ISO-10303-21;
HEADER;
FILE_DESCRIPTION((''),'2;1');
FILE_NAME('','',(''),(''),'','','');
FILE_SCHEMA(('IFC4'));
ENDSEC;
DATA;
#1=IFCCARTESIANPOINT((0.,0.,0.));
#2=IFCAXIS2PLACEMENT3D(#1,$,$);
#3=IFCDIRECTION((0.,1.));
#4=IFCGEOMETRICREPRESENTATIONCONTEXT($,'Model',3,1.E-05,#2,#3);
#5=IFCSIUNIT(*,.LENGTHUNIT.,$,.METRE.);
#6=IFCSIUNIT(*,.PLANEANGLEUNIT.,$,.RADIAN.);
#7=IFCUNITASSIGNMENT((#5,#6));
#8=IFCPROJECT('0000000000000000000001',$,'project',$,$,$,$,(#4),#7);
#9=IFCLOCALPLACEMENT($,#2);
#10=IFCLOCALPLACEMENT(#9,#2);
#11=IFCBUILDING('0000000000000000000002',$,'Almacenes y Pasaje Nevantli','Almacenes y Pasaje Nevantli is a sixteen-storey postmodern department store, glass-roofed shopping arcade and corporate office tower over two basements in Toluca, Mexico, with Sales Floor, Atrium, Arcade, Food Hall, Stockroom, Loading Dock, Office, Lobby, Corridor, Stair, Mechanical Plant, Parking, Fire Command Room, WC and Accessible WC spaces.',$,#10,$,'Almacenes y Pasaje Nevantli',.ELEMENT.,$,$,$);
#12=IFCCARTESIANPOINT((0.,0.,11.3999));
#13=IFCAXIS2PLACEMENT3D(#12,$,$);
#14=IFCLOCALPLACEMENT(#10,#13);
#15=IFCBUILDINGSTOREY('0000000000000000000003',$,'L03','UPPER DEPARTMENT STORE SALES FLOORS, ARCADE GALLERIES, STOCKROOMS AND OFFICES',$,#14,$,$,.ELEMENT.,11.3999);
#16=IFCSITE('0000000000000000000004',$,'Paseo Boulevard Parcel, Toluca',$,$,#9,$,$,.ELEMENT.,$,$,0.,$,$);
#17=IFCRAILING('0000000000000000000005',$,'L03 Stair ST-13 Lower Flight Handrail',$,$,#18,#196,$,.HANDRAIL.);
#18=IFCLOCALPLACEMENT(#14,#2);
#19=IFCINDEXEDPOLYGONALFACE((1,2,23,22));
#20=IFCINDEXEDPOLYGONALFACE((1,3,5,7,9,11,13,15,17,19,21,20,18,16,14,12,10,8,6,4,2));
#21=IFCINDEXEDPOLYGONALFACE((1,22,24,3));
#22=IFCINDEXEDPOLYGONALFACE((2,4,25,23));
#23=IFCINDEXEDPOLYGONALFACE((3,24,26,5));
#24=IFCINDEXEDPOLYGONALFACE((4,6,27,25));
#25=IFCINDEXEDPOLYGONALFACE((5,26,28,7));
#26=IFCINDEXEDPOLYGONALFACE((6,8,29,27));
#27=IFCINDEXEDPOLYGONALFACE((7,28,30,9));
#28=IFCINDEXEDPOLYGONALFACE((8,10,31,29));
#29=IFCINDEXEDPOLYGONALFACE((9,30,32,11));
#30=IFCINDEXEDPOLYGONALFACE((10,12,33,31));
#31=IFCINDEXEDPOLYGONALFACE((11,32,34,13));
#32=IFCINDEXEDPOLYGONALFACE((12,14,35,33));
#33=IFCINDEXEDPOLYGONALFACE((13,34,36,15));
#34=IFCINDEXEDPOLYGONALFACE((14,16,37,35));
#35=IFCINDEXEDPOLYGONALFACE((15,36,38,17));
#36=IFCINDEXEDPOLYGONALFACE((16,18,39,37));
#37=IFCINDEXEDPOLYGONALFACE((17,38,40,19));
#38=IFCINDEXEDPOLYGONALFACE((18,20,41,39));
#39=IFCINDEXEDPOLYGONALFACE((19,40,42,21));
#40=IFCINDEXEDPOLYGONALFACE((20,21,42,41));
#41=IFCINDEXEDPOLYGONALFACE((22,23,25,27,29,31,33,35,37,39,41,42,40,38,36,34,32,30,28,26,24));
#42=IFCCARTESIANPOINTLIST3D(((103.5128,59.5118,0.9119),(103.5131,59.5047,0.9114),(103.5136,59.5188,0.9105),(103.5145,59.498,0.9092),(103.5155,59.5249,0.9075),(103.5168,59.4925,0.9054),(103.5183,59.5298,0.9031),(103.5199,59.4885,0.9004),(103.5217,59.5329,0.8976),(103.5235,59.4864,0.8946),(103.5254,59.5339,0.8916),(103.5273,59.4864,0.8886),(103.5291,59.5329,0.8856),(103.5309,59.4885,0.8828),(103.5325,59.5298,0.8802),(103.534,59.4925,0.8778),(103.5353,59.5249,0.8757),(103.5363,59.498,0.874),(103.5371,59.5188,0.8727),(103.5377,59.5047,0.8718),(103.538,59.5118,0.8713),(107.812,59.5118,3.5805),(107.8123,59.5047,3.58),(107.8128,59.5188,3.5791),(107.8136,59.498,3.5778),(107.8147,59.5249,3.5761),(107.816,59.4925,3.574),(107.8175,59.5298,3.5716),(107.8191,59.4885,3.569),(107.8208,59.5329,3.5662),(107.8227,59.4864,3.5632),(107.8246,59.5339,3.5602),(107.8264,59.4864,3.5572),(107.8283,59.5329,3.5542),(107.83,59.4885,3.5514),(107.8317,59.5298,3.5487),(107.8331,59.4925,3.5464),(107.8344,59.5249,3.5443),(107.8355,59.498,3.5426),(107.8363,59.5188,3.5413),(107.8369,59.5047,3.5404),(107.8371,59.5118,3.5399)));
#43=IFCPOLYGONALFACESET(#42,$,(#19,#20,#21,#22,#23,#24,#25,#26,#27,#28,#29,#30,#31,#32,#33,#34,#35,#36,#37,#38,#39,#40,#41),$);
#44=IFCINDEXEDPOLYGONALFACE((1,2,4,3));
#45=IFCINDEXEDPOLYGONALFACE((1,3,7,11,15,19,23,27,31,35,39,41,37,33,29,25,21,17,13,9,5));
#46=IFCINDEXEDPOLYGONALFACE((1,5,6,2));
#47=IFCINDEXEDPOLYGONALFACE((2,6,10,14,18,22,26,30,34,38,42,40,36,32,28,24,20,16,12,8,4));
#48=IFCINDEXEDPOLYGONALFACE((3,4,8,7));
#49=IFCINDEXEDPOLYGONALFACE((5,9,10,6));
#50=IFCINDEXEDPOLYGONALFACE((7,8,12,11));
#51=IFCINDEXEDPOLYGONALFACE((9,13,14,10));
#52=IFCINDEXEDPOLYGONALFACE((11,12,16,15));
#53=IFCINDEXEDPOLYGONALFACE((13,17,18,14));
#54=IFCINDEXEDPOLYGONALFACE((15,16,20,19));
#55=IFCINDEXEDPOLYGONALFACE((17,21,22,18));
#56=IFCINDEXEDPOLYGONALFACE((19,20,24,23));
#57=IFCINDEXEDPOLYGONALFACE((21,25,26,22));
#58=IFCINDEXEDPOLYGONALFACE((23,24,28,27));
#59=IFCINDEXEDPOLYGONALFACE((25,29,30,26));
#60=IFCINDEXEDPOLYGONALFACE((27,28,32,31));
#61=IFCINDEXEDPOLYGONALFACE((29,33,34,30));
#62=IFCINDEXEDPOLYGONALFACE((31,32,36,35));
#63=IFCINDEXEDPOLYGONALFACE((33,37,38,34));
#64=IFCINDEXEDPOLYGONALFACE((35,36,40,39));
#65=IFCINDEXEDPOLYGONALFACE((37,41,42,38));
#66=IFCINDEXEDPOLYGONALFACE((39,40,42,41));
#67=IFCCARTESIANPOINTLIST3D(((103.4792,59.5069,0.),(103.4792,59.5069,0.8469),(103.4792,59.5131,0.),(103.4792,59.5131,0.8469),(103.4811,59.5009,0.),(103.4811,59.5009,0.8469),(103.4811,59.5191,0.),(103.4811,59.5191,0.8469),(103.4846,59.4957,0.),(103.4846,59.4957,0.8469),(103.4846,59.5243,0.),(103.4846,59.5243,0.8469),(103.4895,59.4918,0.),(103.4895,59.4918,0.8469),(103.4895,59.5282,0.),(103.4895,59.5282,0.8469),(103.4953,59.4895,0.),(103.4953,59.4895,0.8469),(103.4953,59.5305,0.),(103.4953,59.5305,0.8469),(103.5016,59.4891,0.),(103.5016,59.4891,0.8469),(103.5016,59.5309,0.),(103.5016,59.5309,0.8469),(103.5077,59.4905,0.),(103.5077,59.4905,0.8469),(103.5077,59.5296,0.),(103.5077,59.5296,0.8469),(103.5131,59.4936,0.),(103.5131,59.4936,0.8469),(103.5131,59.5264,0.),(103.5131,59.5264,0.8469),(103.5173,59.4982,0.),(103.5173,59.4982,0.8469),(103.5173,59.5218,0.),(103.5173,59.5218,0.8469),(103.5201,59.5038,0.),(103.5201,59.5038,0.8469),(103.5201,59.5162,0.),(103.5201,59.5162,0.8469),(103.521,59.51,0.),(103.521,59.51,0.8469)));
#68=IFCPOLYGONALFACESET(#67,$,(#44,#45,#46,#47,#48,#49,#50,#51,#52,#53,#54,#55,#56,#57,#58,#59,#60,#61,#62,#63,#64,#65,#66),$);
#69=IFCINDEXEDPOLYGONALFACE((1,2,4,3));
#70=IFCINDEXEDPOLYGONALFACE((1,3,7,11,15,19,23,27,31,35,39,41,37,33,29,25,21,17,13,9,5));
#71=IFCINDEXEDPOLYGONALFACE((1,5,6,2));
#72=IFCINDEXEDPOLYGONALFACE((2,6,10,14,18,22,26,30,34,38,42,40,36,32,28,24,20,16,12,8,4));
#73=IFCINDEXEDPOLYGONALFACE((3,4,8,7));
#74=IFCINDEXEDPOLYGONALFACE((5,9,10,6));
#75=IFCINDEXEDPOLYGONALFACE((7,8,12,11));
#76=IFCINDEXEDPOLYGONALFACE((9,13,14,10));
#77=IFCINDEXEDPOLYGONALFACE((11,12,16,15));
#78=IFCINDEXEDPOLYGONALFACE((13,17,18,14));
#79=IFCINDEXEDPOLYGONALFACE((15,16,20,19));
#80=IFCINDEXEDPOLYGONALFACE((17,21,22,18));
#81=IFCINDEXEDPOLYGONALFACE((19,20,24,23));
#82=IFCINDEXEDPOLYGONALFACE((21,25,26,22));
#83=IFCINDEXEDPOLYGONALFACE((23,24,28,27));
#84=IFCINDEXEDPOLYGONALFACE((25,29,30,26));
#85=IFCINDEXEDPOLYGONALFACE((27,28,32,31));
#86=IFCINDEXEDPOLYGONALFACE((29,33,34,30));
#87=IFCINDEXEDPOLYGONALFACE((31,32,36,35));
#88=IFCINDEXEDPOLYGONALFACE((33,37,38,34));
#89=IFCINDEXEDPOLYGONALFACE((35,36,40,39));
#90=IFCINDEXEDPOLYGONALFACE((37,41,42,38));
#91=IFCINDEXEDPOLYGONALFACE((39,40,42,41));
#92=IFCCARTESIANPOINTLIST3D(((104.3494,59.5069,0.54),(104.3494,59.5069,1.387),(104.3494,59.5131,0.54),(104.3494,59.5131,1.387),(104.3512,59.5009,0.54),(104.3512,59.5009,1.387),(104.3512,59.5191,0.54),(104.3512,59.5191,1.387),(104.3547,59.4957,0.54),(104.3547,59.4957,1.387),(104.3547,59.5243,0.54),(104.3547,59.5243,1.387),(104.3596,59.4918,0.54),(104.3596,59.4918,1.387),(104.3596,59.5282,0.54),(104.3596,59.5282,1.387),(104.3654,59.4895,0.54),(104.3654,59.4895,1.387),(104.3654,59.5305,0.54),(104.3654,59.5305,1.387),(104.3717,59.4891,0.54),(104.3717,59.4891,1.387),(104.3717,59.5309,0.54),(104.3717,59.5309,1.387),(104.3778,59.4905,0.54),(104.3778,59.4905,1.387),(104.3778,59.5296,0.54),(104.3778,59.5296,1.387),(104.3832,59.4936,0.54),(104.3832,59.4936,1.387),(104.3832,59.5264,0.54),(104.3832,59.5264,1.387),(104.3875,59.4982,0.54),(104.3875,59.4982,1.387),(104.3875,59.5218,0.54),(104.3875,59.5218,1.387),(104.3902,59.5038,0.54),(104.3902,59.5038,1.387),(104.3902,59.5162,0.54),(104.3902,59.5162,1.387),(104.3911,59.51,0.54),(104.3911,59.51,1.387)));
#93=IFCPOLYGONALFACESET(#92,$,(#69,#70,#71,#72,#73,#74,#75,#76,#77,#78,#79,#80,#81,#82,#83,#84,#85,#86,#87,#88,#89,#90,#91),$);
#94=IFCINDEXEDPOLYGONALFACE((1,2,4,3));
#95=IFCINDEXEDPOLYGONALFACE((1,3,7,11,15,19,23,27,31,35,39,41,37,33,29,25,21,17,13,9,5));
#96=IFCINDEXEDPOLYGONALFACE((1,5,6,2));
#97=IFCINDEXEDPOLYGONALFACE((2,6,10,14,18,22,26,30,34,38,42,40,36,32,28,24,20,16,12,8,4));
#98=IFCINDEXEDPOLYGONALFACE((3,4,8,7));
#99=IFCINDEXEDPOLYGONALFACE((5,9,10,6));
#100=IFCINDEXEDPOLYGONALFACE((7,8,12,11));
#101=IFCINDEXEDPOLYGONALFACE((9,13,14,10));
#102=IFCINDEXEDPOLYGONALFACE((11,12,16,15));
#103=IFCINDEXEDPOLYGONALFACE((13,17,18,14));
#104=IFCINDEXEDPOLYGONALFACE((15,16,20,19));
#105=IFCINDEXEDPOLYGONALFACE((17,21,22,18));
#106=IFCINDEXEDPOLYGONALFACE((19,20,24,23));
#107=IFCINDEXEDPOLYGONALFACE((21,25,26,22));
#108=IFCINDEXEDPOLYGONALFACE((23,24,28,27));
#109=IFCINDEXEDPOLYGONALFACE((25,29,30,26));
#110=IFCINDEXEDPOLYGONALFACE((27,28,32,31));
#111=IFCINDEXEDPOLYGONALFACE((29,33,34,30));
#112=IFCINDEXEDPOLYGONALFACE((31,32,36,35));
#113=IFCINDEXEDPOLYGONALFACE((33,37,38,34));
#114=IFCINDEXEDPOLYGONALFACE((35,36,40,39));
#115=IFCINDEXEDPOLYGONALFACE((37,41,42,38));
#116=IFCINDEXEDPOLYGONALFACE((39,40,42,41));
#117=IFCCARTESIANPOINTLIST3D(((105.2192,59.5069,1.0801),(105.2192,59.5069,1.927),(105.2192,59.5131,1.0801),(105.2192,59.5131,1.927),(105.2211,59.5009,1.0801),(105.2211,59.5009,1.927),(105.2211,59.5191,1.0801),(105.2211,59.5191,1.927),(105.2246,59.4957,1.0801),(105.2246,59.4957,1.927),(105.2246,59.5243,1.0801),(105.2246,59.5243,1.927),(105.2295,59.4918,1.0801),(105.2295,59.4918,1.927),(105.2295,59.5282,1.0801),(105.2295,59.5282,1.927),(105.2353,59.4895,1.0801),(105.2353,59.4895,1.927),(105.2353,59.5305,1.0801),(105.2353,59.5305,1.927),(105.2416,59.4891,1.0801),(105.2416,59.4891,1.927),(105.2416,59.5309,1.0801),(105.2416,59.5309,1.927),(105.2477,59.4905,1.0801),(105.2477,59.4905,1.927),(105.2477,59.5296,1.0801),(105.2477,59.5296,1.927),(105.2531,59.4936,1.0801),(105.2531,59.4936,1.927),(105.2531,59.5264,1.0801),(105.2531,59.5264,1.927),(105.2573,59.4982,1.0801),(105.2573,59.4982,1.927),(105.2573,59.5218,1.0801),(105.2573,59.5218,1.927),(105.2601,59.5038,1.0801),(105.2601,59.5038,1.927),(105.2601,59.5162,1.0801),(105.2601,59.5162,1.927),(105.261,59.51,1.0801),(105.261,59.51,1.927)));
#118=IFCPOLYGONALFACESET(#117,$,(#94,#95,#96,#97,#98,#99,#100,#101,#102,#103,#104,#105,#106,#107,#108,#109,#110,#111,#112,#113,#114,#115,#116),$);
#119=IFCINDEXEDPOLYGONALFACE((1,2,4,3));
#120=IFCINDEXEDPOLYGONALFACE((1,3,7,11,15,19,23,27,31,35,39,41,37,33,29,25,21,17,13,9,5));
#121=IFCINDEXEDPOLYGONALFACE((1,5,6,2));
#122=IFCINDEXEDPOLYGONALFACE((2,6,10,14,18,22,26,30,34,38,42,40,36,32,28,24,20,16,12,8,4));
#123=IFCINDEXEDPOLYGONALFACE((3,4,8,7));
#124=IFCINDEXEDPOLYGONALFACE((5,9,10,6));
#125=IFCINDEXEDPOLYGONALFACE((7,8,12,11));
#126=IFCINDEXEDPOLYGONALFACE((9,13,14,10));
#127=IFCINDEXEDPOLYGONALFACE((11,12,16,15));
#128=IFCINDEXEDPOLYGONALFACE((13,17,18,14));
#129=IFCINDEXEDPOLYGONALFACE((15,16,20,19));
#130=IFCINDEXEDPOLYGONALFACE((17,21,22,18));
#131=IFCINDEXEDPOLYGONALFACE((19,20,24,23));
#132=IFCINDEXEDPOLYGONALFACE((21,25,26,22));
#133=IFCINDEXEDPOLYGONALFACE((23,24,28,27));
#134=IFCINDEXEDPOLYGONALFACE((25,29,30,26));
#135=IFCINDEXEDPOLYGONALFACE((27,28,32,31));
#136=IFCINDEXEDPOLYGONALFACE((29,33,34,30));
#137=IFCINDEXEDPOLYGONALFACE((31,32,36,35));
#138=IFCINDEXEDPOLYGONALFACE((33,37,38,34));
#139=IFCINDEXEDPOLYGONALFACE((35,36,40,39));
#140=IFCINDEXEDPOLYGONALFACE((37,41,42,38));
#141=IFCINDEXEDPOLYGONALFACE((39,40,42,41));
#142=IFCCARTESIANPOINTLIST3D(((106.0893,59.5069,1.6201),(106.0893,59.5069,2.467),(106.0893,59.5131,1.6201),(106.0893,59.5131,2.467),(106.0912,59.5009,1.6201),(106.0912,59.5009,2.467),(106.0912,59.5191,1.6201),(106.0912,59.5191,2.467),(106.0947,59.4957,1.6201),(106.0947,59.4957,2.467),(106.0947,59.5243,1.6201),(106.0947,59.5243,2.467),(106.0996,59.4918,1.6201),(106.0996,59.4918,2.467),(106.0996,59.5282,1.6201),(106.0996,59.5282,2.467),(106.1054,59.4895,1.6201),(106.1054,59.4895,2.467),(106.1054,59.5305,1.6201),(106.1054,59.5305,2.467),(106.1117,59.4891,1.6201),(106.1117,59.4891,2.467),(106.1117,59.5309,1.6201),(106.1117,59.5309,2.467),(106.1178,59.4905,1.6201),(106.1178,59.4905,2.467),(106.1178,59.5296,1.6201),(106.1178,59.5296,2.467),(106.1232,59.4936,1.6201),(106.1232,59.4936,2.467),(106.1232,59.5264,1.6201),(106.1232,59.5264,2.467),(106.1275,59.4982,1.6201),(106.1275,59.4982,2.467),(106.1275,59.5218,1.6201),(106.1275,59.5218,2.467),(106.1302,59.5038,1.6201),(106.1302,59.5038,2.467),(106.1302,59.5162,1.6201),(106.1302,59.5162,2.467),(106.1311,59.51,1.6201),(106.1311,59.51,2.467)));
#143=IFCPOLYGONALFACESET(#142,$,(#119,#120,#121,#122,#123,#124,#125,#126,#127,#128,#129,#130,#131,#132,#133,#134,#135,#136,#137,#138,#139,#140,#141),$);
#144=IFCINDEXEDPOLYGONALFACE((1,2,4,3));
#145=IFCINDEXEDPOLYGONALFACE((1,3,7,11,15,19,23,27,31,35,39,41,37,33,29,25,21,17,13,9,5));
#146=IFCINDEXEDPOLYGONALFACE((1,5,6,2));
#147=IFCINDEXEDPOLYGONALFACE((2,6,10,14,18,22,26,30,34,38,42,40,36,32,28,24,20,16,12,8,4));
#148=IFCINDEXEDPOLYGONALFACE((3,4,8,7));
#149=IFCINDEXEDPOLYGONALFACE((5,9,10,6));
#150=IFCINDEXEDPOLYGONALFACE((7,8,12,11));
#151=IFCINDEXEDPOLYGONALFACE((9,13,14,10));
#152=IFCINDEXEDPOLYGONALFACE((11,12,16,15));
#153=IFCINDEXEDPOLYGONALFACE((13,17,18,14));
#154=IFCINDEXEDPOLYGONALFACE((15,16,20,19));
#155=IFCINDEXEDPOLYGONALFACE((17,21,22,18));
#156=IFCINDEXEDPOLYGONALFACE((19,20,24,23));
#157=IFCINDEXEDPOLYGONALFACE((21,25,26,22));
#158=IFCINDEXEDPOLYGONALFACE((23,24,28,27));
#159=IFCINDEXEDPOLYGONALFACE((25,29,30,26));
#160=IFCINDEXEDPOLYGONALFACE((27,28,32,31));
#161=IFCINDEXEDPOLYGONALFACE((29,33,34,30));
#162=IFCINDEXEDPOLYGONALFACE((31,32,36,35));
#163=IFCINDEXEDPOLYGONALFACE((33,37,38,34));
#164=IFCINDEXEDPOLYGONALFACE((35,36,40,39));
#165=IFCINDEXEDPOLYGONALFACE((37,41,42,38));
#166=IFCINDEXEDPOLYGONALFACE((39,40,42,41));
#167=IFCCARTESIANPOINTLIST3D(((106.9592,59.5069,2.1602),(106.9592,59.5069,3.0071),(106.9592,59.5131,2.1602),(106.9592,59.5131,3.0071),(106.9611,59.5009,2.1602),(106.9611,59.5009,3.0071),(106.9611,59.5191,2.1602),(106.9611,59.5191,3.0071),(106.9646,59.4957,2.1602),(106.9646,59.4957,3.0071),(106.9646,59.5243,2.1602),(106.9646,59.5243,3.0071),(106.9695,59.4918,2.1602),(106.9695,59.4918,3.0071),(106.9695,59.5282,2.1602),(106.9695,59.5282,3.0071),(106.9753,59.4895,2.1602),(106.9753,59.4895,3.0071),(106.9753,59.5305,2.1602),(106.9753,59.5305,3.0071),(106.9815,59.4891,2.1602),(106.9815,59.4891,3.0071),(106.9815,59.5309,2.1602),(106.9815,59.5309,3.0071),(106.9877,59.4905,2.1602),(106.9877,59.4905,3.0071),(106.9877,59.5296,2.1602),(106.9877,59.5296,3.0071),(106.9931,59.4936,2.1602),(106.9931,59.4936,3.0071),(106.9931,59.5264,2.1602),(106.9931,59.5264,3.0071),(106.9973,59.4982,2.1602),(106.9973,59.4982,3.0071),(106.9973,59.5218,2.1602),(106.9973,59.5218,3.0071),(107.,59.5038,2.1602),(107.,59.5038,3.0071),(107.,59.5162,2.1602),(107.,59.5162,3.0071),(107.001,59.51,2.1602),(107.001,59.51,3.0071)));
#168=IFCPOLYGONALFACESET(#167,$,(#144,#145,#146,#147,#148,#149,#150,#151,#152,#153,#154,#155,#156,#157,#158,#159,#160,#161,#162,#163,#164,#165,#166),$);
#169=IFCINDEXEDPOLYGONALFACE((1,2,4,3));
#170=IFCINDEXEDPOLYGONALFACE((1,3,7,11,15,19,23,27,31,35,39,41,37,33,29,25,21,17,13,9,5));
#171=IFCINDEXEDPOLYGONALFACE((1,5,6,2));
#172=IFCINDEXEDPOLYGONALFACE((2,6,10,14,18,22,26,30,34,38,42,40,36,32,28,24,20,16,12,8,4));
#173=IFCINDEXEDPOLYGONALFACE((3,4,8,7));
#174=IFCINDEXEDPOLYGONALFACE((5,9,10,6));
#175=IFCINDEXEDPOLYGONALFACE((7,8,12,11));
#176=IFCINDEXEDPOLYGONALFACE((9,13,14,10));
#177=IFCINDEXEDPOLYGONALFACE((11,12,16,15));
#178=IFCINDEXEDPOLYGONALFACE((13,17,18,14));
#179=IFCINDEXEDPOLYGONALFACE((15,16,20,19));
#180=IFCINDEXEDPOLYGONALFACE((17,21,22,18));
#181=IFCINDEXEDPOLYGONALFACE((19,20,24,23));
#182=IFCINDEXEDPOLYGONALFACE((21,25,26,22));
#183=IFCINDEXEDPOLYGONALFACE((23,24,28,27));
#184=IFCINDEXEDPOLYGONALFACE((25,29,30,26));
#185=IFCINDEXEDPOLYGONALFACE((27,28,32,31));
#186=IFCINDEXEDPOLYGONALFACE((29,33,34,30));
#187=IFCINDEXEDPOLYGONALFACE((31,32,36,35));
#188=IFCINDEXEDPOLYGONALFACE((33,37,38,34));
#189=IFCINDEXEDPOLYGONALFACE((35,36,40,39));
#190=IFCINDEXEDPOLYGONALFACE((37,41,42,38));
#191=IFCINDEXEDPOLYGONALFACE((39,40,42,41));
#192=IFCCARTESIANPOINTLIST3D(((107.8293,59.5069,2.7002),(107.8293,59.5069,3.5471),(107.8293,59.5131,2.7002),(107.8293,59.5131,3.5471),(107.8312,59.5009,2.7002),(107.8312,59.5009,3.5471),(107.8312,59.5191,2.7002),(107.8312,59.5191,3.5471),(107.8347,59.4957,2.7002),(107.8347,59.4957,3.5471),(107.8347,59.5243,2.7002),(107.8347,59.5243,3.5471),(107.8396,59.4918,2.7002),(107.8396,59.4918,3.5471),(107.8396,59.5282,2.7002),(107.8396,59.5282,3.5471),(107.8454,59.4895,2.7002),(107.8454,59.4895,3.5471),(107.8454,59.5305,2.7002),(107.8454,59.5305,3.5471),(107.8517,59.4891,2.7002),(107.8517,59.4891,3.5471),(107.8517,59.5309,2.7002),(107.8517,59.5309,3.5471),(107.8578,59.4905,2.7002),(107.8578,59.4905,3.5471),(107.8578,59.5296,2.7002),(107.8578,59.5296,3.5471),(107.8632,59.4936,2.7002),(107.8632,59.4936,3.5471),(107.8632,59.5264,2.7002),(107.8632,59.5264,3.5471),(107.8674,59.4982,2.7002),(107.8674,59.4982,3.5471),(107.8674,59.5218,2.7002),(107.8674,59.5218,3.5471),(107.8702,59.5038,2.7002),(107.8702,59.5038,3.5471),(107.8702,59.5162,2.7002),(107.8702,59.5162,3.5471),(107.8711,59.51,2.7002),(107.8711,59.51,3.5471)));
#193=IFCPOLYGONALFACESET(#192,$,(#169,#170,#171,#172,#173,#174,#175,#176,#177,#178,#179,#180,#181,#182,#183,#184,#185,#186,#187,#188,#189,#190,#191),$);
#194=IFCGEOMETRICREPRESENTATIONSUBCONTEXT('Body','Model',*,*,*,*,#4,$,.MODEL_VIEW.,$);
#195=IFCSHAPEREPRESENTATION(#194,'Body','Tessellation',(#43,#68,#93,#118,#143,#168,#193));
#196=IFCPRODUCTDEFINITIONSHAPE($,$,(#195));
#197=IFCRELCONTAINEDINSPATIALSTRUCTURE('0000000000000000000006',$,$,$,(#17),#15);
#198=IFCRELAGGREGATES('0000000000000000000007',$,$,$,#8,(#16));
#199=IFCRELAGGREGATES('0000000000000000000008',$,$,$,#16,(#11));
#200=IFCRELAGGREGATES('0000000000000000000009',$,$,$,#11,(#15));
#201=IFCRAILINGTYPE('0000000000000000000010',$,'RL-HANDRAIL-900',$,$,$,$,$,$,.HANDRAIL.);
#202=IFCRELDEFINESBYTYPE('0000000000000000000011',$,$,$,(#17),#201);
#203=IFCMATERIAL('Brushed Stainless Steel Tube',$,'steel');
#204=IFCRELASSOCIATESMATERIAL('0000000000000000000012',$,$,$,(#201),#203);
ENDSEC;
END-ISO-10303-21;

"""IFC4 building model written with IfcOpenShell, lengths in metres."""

from ifc_helpers import new_model, si_unit, direction, frame, origin, origin_2d, place, context, subcontext, project, spatial, circle, extrude, material, type_object, element, save


model = new_model("IFC4")

# Units and contexts
model_context = context("Model", 3, precision=1e-05, world=origin(), true_north=direction((0.0, 1.0)))
body_context = subcontext(model_context, "Body", "Model", "MODEL_VIEW")
ifc_project = project(units=[si_unit("LENGTHUNIT", "METRE"), si_unit("PLANEANGLEUNIT", "RADIAN")], contexts=[model_context])

# Site, building, storey
site_placement = place(None, origin())
site = spatial("IfcSite", under=ifc_project, at=site_placement, Name="Paseo Boulevard Parcel, Toluca", CompositionType="ELEMENT", RefElevation=0.0)
building_placement = place(site_placement, origin())
building = spatial("IfcBuilding", under=site, at=building_placement, Name="Almacenes y Pasaje Nevantli", Description="Almacenes y Pasaje Nevantli is a sixteen-storey postmodern department store, glass-roofed shopping arcade and corporate office tower over two basements in Toluca, Mexico, with Sales Floor, Atrium, Arcade, Food Hall, Stockroom, Loading Dock, Office, Lobby, Corridor, Stair, Mechanical Plant, Parking, Fire Command Room, WC and Accessible WC spaces.", LongName="Almacenes y Pasaje Nevantli", CompositionType="ELEMENT")
storey_placement = place(building_placement, frame((0.0, 0.0, 11.3999)))
storey = spatial("IfcBuildingStorey", under=building, at=storey_placement, Name="L03", Description="UPPER DEPARTMENT STORE SALES FLOORS, ARCADE GALLERIES, STOCKROOMS AND OFFICES", CompositionType="ELEMENT", Elevation=11.3999)

# Railing
ifc_material_1 = material(Name="Brushed Stainless Steel Tube", Category="steel")
railing_type_1 = type_object("IfcRailingType", Name="RL-HANDRAIL-900", PredefinedType="HANDRAIL", material=ifc_material_1)
railing_1_placement = place(storey_placement, frame((103.5, 59.51, 0.0)))
element("IfcRailing", 1, at=railing_1_placement, inside=storey, type_object=railing_type_1, Name="L03 Stair ST-13 Lower Flight Handrail", PredefinedType="HANDRAIL", context=body_context, shape_type="SweptSolid", body=[
    extrude(circle(Radius=0.0239, at=origin_2d()), frame((0.0254, 0.0, 0.8916), z_axis=(0.849628, 0.0, 0.527382), x_axis=(0.0, 1.0, 0.0)), (0.0, 0.0, 1.0), 5.0601),
    extrude(circle(Radius=0.021, at=origin_2d()), origin(), (0.0, 0.0, 1.0), 0.8469),
    extrude(circle(Radius=0.021, at=origin_2d()), frame((0.8701, 0.0, 0.54)), (0.0, 0.0, 1.0), 0.8469),
    extrude(circle(Radius=0.021, at=origin_2d()), frame((1.74, 0.0, 1.0801)), (0.0, 0.0, 1.0), 0.8469),
    extrude(circle(Radius=0.021, at=origin_2d()), frame((2.6101, 0.0, 1.6201)), (0.0, 0.0, 1.0), 0.8469),
    extrude(circle(Radius=0.021, at=origin_2d()), frame((3.48, 0.0, 2.1602)), (0.0, 0.0, 1.0), 0.8469),
    extrude(circle(Radius=0.021, at=origin_2d()), frame((4.3501, 0.0, 2.7002)), (0.0, 0.0, 1.0), 0.8469),
])

save(model, "model.ifc")
